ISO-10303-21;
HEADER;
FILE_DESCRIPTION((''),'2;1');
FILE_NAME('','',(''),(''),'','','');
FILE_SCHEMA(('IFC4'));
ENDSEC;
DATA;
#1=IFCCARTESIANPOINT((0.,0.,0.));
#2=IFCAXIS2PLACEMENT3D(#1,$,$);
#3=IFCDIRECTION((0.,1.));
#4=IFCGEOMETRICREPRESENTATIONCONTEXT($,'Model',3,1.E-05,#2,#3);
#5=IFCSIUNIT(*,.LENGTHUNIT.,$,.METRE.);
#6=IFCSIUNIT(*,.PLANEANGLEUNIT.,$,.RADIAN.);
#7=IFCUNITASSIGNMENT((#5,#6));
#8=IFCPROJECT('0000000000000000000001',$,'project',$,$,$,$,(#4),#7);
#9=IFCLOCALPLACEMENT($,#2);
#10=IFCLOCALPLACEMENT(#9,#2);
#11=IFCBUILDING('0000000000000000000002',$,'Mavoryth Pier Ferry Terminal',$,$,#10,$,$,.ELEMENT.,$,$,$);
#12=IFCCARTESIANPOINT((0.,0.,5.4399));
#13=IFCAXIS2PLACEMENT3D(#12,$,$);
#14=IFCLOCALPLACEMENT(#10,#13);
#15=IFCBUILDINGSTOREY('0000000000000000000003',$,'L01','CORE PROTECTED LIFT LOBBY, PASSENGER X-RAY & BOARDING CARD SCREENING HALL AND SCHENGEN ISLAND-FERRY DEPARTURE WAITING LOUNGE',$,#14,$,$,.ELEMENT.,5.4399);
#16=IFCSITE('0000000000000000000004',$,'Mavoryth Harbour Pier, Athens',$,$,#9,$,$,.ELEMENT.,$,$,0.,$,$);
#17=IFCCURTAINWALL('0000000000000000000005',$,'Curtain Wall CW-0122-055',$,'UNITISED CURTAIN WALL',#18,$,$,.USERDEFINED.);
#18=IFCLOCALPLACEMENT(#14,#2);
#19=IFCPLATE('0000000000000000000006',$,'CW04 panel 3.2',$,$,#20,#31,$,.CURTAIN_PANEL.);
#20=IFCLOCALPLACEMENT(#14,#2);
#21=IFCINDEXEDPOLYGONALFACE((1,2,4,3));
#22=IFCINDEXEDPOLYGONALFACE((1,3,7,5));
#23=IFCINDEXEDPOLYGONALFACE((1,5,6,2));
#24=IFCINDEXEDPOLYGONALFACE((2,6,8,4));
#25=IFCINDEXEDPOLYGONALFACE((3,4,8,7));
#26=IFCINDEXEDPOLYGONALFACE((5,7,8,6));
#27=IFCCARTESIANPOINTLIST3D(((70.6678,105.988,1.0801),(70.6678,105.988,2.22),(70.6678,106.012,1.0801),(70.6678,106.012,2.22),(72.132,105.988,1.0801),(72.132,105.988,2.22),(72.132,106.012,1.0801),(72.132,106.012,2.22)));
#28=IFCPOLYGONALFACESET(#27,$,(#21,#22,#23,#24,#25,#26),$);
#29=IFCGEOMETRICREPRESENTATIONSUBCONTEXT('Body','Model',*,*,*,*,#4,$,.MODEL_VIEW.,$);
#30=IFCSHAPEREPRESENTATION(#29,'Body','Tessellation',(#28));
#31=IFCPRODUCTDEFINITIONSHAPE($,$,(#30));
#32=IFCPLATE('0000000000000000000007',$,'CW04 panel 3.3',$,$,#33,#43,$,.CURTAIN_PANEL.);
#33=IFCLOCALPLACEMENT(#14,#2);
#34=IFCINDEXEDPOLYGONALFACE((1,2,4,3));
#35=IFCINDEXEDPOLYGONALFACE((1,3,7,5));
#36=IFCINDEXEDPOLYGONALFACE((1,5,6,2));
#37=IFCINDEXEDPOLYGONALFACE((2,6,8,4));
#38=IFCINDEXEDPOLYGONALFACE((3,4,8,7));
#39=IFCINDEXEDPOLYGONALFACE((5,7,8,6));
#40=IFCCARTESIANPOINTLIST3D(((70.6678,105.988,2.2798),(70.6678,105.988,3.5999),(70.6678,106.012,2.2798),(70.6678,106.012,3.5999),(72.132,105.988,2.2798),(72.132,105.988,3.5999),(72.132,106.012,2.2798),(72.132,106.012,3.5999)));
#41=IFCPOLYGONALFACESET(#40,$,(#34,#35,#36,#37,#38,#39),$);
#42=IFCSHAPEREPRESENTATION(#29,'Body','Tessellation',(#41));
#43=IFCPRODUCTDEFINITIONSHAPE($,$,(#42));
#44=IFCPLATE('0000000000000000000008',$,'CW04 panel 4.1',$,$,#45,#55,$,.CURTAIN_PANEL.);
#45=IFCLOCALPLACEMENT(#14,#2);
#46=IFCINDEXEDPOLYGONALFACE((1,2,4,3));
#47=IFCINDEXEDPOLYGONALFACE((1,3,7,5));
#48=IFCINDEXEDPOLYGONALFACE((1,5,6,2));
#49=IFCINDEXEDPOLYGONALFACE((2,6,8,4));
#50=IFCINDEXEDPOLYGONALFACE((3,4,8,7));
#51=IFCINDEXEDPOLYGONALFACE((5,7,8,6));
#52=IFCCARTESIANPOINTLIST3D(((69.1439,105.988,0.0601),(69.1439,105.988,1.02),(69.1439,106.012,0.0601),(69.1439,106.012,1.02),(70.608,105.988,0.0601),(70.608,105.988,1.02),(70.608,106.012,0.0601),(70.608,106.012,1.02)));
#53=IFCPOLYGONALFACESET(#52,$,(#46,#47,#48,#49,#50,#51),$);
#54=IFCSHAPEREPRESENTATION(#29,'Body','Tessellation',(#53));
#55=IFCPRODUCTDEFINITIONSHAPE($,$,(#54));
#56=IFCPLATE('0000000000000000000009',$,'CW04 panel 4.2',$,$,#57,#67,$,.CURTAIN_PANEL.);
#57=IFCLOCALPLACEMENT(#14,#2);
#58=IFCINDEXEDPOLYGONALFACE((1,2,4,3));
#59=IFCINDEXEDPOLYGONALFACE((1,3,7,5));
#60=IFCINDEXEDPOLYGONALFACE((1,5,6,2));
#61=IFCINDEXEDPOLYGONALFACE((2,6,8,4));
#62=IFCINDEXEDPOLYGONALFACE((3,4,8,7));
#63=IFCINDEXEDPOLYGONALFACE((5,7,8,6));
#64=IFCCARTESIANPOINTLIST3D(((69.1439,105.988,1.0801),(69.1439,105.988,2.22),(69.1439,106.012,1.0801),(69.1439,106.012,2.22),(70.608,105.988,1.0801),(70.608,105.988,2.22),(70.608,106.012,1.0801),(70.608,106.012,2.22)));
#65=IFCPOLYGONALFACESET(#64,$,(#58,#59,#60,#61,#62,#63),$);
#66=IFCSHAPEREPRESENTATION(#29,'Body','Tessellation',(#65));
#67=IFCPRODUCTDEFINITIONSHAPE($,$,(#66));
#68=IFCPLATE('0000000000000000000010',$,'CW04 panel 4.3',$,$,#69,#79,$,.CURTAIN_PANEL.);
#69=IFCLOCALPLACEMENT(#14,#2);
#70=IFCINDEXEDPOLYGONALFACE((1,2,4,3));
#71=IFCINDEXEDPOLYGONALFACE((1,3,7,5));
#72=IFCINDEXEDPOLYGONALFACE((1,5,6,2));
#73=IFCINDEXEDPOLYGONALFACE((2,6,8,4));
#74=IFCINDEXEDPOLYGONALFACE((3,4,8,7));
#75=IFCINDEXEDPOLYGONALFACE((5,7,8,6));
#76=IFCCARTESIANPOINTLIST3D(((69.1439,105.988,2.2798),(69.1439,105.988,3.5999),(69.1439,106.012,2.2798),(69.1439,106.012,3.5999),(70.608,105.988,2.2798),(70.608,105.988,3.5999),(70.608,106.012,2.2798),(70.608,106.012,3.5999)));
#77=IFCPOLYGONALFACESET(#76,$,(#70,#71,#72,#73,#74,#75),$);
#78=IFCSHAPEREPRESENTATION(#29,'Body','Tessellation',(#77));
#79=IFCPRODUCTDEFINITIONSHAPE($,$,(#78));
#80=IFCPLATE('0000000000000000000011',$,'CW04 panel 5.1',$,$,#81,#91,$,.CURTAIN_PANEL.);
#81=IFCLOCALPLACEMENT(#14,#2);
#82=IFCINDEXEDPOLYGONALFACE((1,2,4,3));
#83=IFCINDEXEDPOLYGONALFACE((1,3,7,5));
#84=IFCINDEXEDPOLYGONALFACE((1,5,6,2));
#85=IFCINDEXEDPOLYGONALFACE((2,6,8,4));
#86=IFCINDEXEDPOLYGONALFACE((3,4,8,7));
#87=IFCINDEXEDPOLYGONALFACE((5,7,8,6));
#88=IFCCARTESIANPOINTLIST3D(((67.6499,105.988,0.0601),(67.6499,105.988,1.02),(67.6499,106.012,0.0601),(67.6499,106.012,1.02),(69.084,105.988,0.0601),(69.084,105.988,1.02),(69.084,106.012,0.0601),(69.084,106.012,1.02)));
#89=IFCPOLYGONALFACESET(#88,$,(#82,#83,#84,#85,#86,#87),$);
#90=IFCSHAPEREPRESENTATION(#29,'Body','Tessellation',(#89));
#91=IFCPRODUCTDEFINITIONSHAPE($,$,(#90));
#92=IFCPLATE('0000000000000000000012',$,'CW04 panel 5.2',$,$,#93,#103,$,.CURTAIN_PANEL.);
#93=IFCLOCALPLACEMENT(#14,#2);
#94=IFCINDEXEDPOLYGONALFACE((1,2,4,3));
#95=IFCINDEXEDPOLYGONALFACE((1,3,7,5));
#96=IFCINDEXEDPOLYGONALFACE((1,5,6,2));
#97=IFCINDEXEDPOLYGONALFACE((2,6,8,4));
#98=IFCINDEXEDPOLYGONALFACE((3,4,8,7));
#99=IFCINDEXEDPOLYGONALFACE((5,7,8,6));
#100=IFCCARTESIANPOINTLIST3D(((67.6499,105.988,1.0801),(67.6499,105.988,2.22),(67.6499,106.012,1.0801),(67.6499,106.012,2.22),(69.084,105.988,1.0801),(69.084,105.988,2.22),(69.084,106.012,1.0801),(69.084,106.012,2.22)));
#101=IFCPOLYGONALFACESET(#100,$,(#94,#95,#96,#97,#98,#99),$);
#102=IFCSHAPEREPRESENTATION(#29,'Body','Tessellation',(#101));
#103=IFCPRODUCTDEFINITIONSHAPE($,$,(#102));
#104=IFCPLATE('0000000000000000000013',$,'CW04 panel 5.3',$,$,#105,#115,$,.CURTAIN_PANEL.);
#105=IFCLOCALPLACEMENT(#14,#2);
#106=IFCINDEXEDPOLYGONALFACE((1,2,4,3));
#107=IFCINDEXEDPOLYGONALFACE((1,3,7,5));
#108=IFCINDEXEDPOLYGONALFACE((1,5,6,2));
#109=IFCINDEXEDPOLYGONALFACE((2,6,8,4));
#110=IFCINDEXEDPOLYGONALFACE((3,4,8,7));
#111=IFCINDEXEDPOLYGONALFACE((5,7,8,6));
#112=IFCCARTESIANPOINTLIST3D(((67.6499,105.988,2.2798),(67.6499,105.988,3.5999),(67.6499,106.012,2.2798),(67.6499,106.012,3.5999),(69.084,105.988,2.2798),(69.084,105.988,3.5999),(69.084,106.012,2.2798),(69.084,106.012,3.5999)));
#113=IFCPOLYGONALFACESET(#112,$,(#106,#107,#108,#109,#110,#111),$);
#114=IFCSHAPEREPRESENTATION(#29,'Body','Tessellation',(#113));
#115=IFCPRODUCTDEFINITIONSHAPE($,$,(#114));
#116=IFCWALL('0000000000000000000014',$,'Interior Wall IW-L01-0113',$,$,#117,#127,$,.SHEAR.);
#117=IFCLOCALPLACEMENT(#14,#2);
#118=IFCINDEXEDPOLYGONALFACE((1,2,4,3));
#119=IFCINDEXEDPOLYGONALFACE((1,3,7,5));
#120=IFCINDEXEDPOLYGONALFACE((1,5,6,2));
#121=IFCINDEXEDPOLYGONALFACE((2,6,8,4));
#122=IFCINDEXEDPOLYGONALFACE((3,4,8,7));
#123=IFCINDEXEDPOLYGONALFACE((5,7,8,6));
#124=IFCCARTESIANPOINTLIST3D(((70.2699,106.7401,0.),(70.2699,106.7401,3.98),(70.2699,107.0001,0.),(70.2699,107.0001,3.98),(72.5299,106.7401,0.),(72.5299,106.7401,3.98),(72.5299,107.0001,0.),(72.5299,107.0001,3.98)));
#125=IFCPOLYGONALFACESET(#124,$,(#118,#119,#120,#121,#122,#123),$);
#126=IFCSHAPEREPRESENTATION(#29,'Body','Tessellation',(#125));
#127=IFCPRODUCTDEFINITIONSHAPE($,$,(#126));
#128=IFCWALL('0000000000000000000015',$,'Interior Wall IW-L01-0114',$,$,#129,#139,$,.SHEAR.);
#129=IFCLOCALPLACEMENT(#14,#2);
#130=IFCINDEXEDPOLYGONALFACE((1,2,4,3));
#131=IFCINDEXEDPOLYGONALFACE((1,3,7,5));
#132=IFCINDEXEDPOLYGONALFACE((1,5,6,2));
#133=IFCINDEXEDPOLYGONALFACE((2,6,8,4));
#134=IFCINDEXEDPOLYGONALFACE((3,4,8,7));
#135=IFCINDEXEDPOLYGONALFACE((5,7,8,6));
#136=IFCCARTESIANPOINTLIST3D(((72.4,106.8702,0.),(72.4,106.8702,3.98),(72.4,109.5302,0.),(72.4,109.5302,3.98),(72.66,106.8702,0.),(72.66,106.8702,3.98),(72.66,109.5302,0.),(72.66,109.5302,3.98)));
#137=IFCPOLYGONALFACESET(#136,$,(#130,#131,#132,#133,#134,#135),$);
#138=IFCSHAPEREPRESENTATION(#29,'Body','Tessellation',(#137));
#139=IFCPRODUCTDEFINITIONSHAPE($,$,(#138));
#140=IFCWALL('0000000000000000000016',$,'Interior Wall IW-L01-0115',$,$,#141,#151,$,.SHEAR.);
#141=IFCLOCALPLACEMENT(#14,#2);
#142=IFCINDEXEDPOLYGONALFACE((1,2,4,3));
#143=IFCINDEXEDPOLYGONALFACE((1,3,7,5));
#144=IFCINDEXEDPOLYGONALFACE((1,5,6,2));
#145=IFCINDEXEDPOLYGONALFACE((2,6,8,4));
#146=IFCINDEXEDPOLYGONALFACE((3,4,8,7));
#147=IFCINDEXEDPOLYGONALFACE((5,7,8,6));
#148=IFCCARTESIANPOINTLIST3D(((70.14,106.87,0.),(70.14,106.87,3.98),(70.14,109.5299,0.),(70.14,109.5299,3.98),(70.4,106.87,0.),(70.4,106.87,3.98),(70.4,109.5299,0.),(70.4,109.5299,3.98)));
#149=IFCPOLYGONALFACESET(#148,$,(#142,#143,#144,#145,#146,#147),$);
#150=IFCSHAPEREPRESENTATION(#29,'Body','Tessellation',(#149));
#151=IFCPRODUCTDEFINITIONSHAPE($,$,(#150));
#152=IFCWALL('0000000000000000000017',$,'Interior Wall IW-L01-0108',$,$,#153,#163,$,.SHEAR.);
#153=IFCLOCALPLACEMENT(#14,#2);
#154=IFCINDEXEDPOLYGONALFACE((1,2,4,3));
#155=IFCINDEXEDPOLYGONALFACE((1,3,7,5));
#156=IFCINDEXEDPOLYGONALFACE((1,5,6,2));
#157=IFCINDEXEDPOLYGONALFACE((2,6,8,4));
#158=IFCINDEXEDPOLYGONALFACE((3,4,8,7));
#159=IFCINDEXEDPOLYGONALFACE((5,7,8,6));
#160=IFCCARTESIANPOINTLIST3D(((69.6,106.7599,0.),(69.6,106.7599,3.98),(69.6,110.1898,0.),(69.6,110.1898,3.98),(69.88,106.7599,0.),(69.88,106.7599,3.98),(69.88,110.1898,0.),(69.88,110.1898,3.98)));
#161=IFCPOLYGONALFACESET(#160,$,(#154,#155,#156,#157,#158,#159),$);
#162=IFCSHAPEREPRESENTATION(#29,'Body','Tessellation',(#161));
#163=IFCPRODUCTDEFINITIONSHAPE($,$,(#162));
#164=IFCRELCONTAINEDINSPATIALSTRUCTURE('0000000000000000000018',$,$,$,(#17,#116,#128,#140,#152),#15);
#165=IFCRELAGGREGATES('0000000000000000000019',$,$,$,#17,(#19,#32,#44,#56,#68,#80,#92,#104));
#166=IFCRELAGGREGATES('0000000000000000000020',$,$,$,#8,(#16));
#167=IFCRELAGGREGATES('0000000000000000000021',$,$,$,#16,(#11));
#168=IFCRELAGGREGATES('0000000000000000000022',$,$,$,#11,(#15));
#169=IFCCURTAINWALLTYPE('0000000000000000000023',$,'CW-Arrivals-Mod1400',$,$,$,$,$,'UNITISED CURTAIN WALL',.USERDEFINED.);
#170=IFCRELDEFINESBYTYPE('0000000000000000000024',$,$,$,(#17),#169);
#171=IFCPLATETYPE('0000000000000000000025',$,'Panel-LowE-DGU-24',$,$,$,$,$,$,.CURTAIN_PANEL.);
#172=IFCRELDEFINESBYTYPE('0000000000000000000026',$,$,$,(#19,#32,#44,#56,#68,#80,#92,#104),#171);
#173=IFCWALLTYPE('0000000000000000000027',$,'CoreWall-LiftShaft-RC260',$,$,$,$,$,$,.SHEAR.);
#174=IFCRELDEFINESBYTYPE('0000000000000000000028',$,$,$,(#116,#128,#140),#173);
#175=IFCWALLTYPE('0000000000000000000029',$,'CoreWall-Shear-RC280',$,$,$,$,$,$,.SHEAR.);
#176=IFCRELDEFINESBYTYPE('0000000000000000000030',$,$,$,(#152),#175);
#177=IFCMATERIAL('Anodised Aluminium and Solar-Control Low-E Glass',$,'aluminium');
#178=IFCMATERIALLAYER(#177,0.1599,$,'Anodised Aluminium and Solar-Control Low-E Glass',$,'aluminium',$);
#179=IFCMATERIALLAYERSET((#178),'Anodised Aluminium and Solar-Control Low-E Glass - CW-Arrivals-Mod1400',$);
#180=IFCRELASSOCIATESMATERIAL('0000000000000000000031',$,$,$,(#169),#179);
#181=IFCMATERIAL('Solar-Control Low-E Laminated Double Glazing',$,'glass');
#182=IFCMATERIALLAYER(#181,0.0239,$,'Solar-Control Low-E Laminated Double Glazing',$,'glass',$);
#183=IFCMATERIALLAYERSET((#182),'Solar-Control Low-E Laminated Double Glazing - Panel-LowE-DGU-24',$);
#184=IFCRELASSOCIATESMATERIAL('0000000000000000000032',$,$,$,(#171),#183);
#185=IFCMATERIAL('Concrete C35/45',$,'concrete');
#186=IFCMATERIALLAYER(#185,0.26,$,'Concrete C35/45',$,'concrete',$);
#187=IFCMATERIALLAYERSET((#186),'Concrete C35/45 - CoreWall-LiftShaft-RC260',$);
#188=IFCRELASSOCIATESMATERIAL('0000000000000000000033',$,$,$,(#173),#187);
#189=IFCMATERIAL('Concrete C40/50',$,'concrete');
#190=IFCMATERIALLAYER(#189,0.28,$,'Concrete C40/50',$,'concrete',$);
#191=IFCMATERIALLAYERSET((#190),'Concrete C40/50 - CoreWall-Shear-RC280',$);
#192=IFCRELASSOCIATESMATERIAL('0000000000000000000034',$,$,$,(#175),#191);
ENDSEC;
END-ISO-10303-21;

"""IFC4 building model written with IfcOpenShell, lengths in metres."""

from ifc_helpers import new_model, si_unit, direction, frame, frame_2d, origin, origin_2d, place, context, subcontext, project, spatial, rectangle, extrude, material, layer, layer_set, type_object, element, aggregate, save


model = new_model("IFC4")

# Units and contexts
model_context = context("Model", 3, precision=1e-05, world=origin(), true_north=direction((0.0, 1.0)))
body_context = subcontext(model_context, "Body", "Model", "MODEL_VIEW")
ifc_project = project(units=[si_unit("LENGTHUNIT", "METRE"), si_unit("PLANEANGLEUNIT", "RADIAN")], contexts=[model_context])

# Site, building, storey
site_placement = place(None, origin())
site = spatial("IfcSite", under=ifc_project, at=site_placement, Name="Mavoryth Harbour Pier, Athens", CompositionType="ELEMENT", RefElevation=0.0)
building_placement = place(site_placement, origin())
building = spatial("IfcBuilding", under=site, at=building_placement, Name="Mavoryth Pier Ferry Terminal", CompositionType="ELEMENT")
storey_placement = place(building_placement, frame((0.0, 0.0, 5.4399)))
storey = spatial("IfcBuildingStorey", under=building, at=storey_placement, Name="L01", Description="CORE PROTECTED LIFT LOBBY, PASSENGER X-RAY & BOARDING CARD SCREENING HALL AND SCHENGEN ISLAND-FERRY DEPARTURE WAITING LOUNGE", CompositionType="ELEMENT", Elevation=5.4399)

# Curtain wall
ifc_material_1 = material(Name="Anodised Aluminium and Solar-Control Low-E Glass", Category="aluminium")
ifc_layer_1 = layer(ifc_material_1, 0.1599, Name="Anodised Aluminium and Solar-Control Low-E Glass", Category="aluminium")
ifc_layer_set_1 = layer_set([ifc_layer_1], Name="Anodised Aluminium and Solar-Control Low-E Glass - CW-Arrivals-Mod1400")
curtain_wall_type = type_object("IfcCurtainWallType", Name="CW-Arrivals-Mod1400", ElementType="UNITISED CURTAIN WALL", PredefinedType="USERDEFINED", material=ifc_layer_set_1)
curtain_wall_placement = place(storey_placement, origin())
curtain_wall = element("IfcCurtainWall", 1, at=curtain_wall_placement, inside=storey, type_object=curtain_wall_type, Name="Curtain Wall CW-0122-055", ObjectType="UNITISED CURTAIN WALL", PredefinedType="USERDEFINED")

# Shared definitions
ifc_material_2 = material(Name="Concrete C35/45", Category="concrete")

# Plates
ifc_material_3 = material(Name="Solar-Control Low-E Laminated Double Glazing", Category="glass")
ifc_layer_2 = layer(ifc_material_3, 0.0239, Name="Solar-Control Low-E Laminated Double Glazing", Category="glass")
ifc_layer_set_2 = layer_set([ifc_layer_2], Name="Solar-Control Low-E Laminated Double Glazing - Panel-LowE-DGU-24")
plate_type = type_object("IfcPlateType", Name="Panel-LowE-DGU-24", PredefinedType="CURTAIN_PANEL", material=ifc_layer_set_2)
plate_1_placement = place(storey_placement, frame((71.3999, 106.0, 1.0801), z_axis=(0.0, 0.0, 1.0), x_axis=(-1.0, 0.0, 0.0)))
plate_1 = element("IfcPlate", 2, at=plate_1_placement, type_object=plate_type, Name="CW04 panel 3.2", PredefinedType="CURTAIN_PANEL", context=body_context, shape_type="SweptSolid", body=[
    extrude(rectangle(XDim=1.4641, YDim=0.0239, at=origin_2d()), origin(), (0.0, 0.0, 1.0), 1.1399),
])
plate_2_placement = place(storey_placement, frame((71.3999, 106.0, 2.2798), z_axis=(0.0, 0.0, 1.0), x_axis=(-1.0, 0.0, 0.0)))
plate_2 = element("IfcPlate", 3, at=plate_2_placement, type_object=plate_type, Name="CW04 panel 3.3", PredefinedType="CURTAIN_PANEL", context=body_context, shape_type="SweptSolid", body=[
    extrude(rectangle(XDim=1.4641, YDim=0.0239, at=origin_2d()), origin(), (0.0, 0.0, 1.0), 1.3201),
])
plate_3_placement = place(storey_placement, frame((69.876, 106.0, 0.0601), z_axis=(0.0, 0.0, 1.0), x_axis=(-1.0, 0.0, 0.0)))
plate_3 = element("IfcPlate", 4, at=plate_3_placement, type_object=plate_type, Name="CW04 panel 4.1", PredefinedType="CURTAIN_PANEL", context=body_context, shape_type="SweptSolid", body=[
    extrude(rectangle(XDim=1.4641, YDim=0.0239, at=origin_2d()), origin(), (0.0, 0.0, 1.0), 0.96),
])
plate_4_placement = place(storey_placement, frame((69.876, 106.0, 1.0801), z_axis=(0.0, 0.0, 1.0), x_axis=(-1.0, 0.0, 0.0)))
plate_4 = element("IfcPlate", 5, at=plate_4_placement, type_object=plate_type, Name="CW04 panel 4.2", PredefinedType="CURTAIN_PANEL", context=body_context, shape_type="SweptSolid", body=[
    extrude(rectangle(XDim=1.4641, YDim=0.0239, at=origin_2d()), origin(), (0.0, 0.0, 1.0), 1.1399),
])
plate_5_placement = place(storey_placement, frame((69.876, 106.0, 2.2798), z_axis=(0.0, 0.0, 1.0), x_axis=(-1.0, 0.0, 0.0)))
plate_5 = element("IfcPlate", 6, at=plate_5_placement, type_object=plate_type, Name="CW04 panel 4.3", PredefinedType="CURTAIN_PANEL", context=body_context, shape_type="SweptSolid", body=[
    extrude(rectangle(XDim=1.4641, YDim=0.0239, at=origin_2d()), origin(), (0.0, 0.0, 1.0), 1.3201),
])
plate_6_placement = place(storey_placement, frame((68.3669, 106.0, 0.0601), z_axis=(0.0, 0.0, 1.0), x_axis=(-1.0, 0.0, 0.0)))
plate_6 = element("IfcPlate", 7, at=plate_6_placement, type_object=plate_type, Name="CW04 panel 5.1", PredefinedType="CURTAIN_PANEL", context=body_context, shape_type="SweptSolid", body=[
    extrude(rectangle(XDim=1.4341, YDim=0.0239, at=origin_2d()), origin(), (0.0, 0.0, 1.0), 0.96),
])
plate_7_placement = place(storey_placement, frame((68.3669, 106.0, 1.0801), z_axis=(0.0, 0.0, 1.0), x_axis=(-1.0, 0.0, 0.0)))
plate_7 = element("IfcPlate", 8, at=plate_7_placement, type_object=plate_type, Name="CW04 panel 5.2", PredefinedType="CURTAIN_PANEL", context=body_context, shape_type="SweptSolid", body=[
    extrude(rectangle(XDim=1.4341, YDim=0.0239, at=origin_2d()), origin(), (0.0, 0.0, 1.0), 1.1399),
])
plate_8_placement = place(storey_placement, frame((68.3669, 106.0, 2.2798), z_axis=(0.0, 0.0, 1.0), x_axis=(-1.0, 0.0, 0.0)))
plate_8 = element("IfcPlate", 9, at=plate_8_placement, type_object=plate_type, Name="CW04 panel 5.3", PredefinedType="CURTAIN_PANEL", context=body_context, shape_type="SweptSolid", body=[
    extrude(rectangle(XDim=1.4341, YDim=0.0239, at=origin_2d()), origin(), (0.0, 0.0, 1.0), 1.3201),
])
aggregate(curtain_wall, [plate_1, plate_2, plate_3, plate_4, plate_5, plate_6, plate_7, plate_8])

# Walls
ifc_layer_3 = layer(ifc_material_2, 0.26, Name="Concrete C35/45", Category="concrete")
ifc_layer_set_3 = layer_set([ifc_layer_3], Name="Concrete C35/45 - CoreWall-LiftShaft-RC260")
wall_type_1 = type_object("IfcWallType", Name="CoreWall-LiftShaft-RC260", PredefinedType="SHEAR", material=ifc_layer_set_3)
wall_1_placement = place(storey_placement, frame((70.27, 106.8701, 0.0), z_axis=(0.0, 0.0, 1.0), x_axis=(1.0, 0.0, 0.0)))
element("IfcWall", 10, at=wall_1_placement, inside=storey, type_object=wall_type_1, Name="Interior Wall IW-L01-0113", PredefinedType="SHEAR", context=body_context, shape_type="SweptSolid", body=[
    extrude(rectangle(XDim=2.26, YDim=0.26, at=frame_2d((1.1299, 0.0))), origin(), (0.0, 0.0, 1.0), 3.98),
])
for number, where, z_axis, x_axis, name in (
    (11, (72.53, 106.8701, 0.0), (0.0, 0.0, 1.0), (0.0, 1.0, 0.0), "Interior Wall IW-L01-0114"),
    (12, (70.27, 109.53, 0.0), (0.0, 0.0, 1.0), (0.0, -1.0, 0.0), "Interior Wall IW-L01-0115"),
):
    element("IfcWall", number, at=place(storey_placement, frame(where, z_axis=z_axis, x_axis=x_axis)), inside=storey, type_object=wall_type_1, Name=name, PredefinedType="SHEAR", context=body_context, shape_type="SweptSolid", body=[
        extrude(rectangle(XDim=2.6599, YDim=0.26, at=frame_2d((1.3301, 0.0))), origin(), (0.0, 0.0, 1.0), 3.98),
    ])
ifc_material_4 = material(Name="Concrete C40/50", Category="concrete")
ifc_layer_4 = layer(ifc_material_4, 0.28, Name="Concrete C40/50", Category="concrete")
ifc_layer_set_4 = layer_set([ifc_layer_4], Name="Concrete C40/50 - CoreWall-Shear-RC280")
wall_type_2 = type_object("IfcWallType", Name="CoreWall-Shear-RC280", PredefinedType="SHEAR", material=ifc_layer_set_4)
wall_2_placement = place(storey_placement, frame((69.74, 106.76, 0.0), z_axis=(0.0, 0.0, 1.0), x_axis=(0.0, 1.0, 0.0)))
element("IfcWall", 13, at=wall_2_placement, inside=storey, type_object=wall_type_2, Name="Interior Wall IW-L01-0108", PredefinedType="SHEAR", context=body_context, shape_type="SweptSolid", body=[
    extrude(rectangle(XDim=3.4299, YDim=0.28, at=frame_2d((1.7148, 0.0))), origin(), (0.0, 0.0, 1.0), 3.98),
])

save(model, "model.ifc")
